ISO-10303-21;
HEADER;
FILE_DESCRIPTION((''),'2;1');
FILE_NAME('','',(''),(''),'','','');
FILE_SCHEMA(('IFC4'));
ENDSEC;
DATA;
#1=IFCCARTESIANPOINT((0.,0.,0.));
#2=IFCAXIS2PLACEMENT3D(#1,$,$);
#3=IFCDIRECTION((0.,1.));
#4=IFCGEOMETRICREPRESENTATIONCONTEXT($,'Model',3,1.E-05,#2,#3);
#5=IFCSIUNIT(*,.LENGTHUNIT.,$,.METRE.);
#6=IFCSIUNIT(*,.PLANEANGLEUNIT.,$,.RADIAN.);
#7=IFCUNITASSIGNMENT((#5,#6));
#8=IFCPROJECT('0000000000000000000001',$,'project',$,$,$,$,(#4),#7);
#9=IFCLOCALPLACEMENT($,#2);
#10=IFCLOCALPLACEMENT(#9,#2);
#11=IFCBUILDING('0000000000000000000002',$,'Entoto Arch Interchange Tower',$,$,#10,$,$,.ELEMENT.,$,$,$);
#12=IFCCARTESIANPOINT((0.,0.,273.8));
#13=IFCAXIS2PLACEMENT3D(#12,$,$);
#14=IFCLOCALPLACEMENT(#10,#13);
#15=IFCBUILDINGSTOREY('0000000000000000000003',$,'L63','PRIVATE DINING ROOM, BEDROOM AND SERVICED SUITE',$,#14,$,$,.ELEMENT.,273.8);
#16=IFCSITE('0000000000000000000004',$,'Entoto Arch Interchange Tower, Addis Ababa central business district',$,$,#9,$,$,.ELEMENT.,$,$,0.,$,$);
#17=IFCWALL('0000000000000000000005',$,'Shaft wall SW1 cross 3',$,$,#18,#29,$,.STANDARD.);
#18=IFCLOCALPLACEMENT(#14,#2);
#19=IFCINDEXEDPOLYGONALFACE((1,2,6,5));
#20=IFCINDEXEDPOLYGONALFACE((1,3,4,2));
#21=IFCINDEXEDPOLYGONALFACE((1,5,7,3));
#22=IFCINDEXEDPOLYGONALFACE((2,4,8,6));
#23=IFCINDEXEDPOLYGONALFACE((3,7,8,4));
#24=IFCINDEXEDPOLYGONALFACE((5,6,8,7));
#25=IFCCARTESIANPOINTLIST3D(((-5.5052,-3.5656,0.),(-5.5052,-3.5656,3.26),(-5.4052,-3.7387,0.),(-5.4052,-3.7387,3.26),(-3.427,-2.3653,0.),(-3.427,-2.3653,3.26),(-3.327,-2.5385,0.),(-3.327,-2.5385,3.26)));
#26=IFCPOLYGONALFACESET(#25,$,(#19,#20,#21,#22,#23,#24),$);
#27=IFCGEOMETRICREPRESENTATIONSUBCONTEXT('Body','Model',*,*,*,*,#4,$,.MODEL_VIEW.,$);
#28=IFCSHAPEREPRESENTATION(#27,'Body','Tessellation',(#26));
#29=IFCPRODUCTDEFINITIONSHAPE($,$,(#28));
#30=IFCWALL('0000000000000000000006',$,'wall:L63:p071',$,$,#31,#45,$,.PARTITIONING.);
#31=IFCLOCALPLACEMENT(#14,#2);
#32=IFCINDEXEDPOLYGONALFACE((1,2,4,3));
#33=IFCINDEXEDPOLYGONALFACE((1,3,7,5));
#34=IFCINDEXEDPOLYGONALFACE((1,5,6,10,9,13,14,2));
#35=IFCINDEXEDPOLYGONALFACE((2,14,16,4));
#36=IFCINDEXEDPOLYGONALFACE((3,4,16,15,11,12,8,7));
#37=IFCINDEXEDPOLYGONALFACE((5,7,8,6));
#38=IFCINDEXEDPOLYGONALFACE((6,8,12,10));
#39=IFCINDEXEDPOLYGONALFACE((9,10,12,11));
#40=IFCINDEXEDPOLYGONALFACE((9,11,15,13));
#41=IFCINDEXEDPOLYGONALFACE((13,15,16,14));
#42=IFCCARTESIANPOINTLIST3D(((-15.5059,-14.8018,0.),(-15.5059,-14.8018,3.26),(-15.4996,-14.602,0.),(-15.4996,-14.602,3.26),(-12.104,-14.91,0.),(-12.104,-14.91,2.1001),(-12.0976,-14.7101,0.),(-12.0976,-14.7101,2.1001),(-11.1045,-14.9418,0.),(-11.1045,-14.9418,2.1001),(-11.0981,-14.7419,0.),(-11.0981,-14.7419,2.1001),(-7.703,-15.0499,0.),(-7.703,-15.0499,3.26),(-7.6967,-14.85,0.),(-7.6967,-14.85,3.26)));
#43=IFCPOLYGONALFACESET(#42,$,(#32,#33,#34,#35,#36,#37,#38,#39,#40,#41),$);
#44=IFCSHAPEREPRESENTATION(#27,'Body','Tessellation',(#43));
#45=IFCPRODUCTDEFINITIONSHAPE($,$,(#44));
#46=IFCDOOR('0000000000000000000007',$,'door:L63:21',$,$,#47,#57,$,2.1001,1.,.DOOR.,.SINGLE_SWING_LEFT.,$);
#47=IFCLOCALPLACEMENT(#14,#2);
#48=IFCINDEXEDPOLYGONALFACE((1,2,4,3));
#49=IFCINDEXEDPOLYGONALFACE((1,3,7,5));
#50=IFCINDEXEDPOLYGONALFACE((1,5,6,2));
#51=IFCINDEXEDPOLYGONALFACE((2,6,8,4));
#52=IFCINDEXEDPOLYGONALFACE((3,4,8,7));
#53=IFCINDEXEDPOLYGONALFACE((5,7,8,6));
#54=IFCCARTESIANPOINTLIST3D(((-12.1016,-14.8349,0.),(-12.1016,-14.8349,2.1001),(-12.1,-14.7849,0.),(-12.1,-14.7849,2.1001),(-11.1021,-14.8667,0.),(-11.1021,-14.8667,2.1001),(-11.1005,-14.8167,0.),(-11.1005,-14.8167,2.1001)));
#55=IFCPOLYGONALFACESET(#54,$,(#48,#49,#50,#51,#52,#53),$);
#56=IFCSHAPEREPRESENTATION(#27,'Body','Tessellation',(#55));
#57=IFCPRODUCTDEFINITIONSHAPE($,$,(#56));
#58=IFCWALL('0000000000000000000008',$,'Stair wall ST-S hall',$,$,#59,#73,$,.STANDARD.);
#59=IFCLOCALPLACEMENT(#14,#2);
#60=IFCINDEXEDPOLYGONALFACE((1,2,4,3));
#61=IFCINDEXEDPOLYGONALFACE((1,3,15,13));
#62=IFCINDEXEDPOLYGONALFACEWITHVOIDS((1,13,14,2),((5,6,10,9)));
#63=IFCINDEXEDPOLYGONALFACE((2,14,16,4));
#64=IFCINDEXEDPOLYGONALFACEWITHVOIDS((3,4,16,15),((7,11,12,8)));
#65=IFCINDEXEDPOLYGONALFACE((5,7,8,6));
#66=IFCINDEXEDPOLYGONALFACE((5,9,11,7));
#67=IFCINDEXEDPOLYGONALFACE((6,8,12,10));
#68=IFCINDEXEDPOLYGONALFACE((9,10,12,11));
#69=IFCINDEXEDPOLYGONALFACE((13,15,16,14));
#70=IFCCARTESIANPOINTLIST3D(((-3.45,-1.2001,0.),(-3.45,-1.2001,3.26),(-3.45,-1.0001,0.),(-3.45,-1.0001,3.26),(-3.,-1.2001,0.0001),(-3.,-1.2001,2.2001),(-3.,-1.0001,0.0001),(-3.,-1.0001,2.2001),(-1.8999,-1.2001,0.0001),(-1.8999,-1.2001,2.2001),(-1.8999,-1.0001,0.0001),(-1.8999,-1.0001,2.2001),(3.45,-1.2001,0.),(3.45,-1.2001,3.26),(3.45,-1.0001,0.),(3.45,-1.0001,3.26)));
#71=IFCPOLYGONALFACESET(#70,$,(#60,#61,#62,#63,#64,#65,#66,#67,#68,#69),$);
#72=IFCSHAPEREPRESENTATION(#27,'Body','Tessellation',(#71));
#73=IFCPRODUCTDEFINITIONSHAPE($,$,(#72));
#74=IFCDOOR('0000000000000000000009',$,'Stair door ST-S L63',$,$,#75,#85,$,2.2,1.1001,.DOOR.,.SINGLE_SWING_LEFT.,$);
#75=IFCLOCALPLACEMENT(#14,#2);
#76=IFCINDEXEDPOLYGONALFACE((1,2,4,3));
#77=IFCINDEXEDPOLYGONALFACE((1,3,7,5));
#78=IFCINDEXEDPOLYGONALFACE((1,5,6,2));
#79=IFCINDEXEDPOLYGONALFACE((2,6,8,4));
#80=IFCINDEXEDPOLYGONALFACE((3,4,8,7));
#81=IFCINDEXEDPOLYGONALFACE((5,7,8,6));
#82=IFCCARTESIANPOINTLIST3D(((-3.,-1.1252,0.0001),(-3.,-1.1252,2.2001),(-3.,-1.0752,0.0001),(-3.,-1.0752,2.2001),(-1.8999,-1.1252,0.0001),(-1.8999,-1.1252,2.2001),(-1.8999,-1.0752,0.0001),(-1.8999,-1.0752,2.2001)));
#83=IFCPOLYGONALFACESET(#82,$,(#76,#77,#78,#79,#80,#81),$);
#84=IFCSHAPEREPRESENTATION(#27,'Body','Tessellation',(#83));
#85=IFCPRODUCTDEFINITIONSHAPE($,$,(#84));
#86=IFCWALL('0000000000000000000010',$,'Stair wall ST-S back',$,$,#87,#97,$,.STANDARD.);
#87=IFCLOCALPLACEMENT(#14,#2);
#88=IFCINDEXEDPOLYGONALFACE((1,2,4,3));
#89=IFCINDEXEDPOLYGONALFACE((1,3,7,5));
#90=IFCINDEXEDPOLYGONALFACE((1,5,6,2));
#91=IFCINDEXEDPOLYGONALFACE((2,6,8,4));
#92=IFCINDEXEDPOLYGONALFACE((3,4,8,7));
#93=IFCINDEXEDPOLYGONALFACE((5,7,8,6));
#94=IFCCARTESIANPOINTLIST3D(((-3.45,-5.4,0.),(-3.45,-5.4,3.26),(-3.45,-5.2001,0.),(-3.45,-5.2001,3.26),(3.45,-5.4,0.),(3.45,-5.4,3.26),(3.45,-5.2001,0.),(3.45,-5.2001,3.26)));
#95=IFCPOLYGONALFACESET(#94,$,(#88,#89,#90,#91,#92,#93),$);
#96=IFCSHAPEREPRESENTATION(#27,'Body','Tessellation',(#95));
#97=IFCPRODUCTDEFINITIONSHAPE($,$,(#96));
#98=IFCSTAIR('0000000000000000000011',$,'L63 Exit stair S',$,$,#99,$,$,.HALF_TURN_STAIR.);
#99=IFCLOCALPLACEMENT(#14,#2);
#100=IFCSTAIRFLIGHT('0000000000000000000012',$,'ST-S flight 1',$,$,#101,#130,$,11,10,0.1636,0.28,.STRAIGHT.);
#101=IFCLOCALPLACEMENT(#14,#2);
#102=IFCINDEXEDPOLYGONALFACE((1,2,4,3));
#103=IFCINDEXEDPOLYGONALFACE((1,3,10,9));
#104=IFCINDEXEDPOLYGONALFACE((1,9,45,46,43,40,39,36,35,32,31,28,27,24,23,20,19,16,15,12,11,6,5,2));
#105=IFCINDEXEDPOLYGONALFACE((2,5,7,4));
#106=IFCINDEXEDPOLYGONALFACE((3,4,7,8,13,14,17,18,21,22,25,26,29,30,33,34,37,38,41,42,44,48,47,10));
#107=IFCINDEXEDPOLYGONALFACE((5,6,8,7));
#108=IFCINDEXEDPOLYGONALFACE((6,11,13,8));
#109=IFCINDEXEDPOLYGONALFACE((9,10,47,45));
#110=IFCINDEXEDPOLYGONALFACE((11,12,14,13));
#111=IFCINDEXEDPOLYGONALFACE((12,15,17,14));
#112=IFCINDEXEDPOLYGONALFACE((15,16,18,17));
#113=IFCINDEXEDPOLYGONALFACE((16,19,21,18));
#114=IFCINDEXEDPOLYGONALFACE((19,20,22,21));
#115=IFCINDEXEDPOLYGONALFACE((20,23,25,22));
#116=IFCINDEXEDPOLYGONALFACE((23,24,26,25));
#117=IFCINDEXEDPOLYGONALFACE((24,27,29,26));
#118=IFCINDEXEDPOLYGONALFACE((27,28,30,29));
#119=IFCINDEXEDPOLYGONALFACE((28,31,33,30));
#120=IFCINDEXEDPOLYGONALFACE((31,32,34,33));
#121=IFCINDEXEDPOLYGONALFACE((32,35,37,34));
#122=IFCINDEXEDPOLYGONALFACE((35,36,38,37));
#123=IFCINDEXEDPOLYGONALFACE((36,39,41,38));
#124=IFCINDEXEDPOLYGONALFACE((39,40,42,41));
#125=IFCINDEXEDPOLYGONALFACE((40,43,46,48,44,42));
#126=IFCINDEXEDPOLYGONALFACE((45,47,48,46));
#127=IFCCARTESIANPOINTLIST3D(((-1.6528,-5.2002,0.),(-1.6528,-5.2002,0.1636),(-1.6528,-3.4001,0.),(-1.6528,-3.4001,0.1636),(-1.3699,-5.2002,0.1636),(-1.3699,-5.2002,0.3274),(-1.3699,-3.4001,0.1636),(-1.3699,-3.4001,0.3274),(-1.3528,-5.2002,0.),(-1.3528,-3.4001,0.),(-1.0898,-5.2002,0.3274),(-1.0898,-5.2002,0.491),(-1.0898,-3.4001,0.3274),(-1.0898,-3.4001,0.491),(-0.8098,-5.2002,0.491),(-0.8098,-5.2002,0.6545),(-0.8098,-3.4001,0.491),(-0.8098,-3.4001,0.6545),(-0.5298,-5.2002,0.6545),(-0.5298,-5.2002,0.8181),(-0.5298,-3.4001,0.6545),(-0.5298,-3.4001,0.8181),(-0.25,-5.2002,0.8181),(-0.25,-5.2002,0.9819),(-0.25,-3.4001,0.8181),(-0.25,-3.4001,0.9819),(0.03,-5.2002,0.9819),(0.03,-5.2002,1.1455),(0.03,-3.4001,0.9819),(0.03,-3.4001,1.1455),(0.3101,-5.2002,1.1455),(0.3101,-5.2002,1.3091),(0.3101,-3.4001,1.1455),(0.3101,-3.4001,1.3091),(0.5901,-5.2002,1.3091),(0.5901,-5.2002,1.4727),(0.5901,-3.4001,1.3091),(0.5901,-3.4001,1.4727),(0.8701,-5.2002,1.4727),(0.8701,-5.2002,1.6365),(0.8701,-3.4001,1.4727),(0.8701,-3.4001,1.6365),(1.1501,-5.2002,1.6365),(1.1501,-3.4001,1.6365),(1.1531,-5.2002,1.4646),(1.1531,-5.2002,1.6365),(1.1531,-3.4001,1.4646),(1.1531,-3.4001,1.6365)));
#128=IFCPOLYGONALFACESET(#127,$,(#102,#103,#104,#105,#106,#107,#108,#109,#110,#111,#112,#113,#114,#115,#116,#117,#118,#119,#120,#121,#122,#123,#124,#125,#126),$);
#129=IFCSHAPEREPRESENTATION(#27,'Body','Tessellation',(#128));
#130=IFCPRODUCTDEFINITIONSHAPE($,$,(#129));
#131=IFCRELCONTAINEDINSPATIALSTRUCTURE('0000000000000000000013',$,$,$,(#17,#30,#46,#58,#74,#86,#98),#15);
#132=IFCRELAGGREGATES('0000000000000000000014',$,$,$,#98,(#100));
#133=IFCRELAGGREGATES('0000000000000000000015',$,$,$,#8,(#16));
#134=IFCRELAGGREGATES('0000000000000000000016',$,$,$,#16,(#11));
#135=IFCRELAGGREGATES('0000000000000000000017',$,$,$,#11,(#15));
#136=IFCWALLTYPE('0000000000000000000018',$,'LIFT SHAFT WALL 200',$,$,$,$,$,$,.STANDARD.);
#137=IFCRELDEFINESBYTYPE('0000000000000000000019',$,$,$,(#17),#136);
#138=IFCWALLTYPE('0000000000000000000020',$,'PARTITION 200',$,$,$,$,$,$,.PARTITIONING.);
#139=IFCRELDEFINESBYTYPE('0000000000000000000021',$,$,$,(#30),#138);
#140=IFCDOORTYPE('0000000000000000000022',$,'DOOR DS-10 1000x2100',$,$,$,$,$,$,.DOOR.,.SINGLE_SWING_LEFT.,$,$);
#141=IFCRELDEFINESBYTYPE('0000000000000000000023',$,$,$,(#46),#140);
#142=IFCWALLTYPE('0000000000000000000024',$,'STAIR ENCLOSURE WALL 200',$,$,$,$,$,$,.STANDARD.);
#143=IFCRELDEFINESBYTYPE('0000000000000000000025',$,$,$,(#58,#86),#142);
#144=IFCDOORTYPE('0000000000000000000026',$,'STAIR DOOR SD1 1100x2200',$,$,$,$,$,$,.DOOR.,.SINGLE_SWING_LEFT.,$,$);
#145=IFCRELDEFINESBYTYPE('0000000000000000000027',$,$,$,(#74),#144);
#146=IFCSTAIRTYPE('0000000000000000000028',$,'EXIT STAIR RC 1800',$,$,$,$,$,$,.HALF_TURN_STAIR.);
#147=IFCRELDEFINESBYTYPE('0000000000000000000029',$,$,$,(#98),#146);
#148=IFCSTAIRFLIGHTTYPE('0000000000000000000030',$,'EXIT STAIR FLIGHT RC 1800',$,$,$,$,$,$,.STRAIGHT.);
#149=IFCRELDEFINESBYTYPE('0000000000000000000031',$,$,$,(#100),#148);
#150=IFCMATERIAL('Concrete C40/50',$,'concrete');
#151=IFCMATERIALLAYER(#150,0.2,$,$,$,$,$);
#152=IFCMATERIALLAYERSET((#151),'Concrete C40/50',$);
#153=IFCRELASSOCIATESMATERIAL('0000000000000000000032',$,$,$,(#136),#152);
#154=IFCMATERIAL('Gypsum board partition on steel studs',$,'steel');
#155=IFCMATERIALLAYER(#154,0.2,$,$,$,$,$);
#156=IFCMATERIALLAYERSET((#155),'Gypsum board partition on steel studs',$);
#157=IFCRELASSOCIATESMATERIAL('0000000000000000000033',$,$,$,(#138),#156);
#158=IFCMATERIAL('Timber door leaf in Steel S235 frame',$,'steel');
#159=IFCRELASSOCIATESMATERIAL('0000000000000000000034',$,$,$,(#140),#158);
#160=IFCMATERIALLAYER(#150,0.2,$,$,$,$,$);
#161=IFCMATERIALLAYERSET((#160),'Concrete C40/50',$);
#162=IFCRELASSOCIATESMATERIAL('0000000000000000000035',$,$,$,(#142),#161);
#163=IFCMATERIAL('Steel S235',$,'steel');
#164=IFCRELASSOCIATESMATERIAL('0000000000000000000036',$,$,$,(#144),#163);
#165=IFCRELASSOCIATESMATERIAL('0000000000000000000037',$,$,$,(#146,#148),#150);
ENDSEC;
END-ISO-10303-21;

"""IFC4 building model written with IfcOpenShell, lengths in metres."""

from ifc_helpers import new_model, si_unit, direction, frame, frame_2d, origin, place, context, subcontext, project, spatial, polyline, rectangle, outline, extrude, material, layer, layer_set, type_object, element, fill, aggregate, save


model = new_model("IFC4")

# Units and contexts
model_context = context("Model", 3, precision=1e-05, world=origin(), true_north=direction((0.0, 1.0)))
body_context = subcontext(model_context, "Body", "Model", "MODEL_VIEW")
ifc_project = project(units=[si_unit("LENGTHUNIT", "METRE"), si_unit("PLANEANGLEUNIT", "RADIAN")], contexts=[model_context])

# Site, building, storey
site_placement = place(None, origin())
site = spatial("IfcSite", under=ifc_project, at=site_placement, Name="Entoto Arch Interchange Tower, Addis Ababa central business district", CompositionType="ELEMENT", RefElevation=0.0)
building_placement = place(site_placement, origin())
building = spatial("IfcBuilding", under=site, at=building_placement, Name="Entoto Arch Interchange Tower", CompositionType="ELEMENT")
storey_placement = place(building_placement, frame((0.0, 0.0, 273.8)))
storey = spatial("IfcBuildingStorey", under=building, at=storey_placement, Name="L63", Description="PRIVATE DINING ROOM, BEDROOM AND SERVICED SUITE", CompositionType="ELEMENT", Elevation=273.8)

# Wall
ifc_material_1 = material(Name="Concrete C40/50", Category="concrete")
ifc_layer_1 = layer(ifc_material_1, 0.2)
ifc_layer_set_1 = layer_set([ifc_layer_1], Name="Concrete C40/50")
wall_type_1 = type_object("IfcWallType", Name="LIFT SHAFT WALL 200", PredefinedType="STANDARD", material=ifc_layer_set_1)
wall_1_placement = place(storey_placement, frame((-3.377, -2.4519, 0.0), z_axis=(0.0, 0.0, 1.0), x_axis=(-0.865955, -0.500122, 0.0)))
element("IfcWall", 1, at=wall_1_placement, inside=storey, type_object=wall_type_1, Name="Shaft wall SW1 cross 3", PredefinedType="STANDARD", context=body_context, shape_type="SweptSolid", body=[
    extrude(rectangle(XDim=2.3999, YDim=0.2, at=frame_2d((1.2, 0.0))), origin(), (0.0, 0.0, 1.0), 3.26),
])

# Walls, openings, doors
ifc_material_2 = material(Name="Gypsum board partition on steel studs", Category="steel")
ifc_layer_2 = layer(ifc_material_2, 0.2)
ifc_layer_set_2 = layer_set([ifc_layer_2], Name="Gypsum board partition on steel studs")
wall_type_2 = type_object("IfcWallType", Name="PARTITION 200", PredefinedType="PARTITIONING", material=ifc_layer_set_2)
wall_2_placement = place(storey_placement, frame((-7.7, -14.95, 0.0), z_axis=(0.0, 0.0, 1.0), x_axis=(-0.999495, 0.031773, 0.0)))
wall_2 = element("IfcWall", 2, at=wall_2_placement, inside=storey, type_object=wall_type_2, Name="wall:L63:p071", PredefinedType="PARTITIONING", context=body_context, shape_type="SweptSolid", body=[
    extrude(rectangle(XDim=7.8069, YDim=0.2, at=frame_2d((3.9033, 0.0))), origin(), (0.0, 0.0, 1.0), 3.26),
])
opening_1_placement = place(wall_2_placement, frame((3.4031, 0.0, 0.0)))
opening_1 = element("IfcOpeningElement", 3, at=opening_1_placement, cuts=wall_2, PredefinedType="OPENING", context=body_context, shape_type="SweptSolid", body=[
    extrude(rectangle(XDim=1.0, YDim=2.1001, at=frame_2d((0.5, 1.05))), frame((0.0, 0.1099, 0.0), z_axis=(0.0, -1.0, 0.0), x_axis=(1.0, 0.0, 0.0)), (0.0, 0.0, 1.0), 0.22),
])
ifc_material_3 = material(Name="Timber door leaf in Steel S235 frame", Category="steel")
door_type_1 = type_object("IfcDoorType", Name="DOOR DS-10 1000x2100", OperationType="SINGLE_SWING_LEFT", PredefinedType="DOOR", material=ifc_material_3)
door_1_placement = place(opening_1_placement, origin())
door_1 = element("IfcDoor", 4, at=door_1_placement, inside=storey, type_object=door_type_1, Name="door:L63:21", OperationType="SINGLE_SWING_LEFT", OverallHeight=2.1001, OverallWidth=1.0, PredefinedType="DOOR", context=body_context, shape_type="SweptSolid", body=[
    extrude(rectangle(XDim=1.0, YDim=2.1001, at=frame_2d((0.5, 1.05))), frame((0.0, 0.0249, 0.0), z_axis=(0.0, -1.0, 0.0), x_axis=(1.0, 0.0, 0.0)), (0.0, 0.0, 1.0), 0.05),
])
fill(opening_1, door_1)
ifc_layer_3 = layer(ifc_material_1, 0.2)
ifc_layer_set_3 = layer_set([ifc_layer_3], Name="Concrete C40/50")
wall_type_3 = type_object("IfcWallType", Name="STAIR ENCLOSURE WALL 200", PredefinedType="STANDARD", material=ifc_layer_set_3)
wall_3_placement = place(storey_placement, frame((-3.45, -1.1001, 0.0), z_axis=(0.0, 0.0, 1.0), x_axis=(1.0, 0.0, 0.0)))
wall_3 = element("IfcWall", 5, at=wall_3_placement, inside=storey, type_object=wall_type_3, Name="Stair wall ST-S hall", PredefinedType="STANDARD", context=body_context, shape_type="SweptSolid", body=[
    extrude(rectangle(XDim=6.8999, YDim=0.2, at=frame_2d((3.45, 0.0))), origin(), (0.0, 0.0, 1.0), 3.26),
])
opening_2_placement = place(wall_3_placement, frame((0.45, 0.0, 0.0)))
opening_2 = element("IfcOpeningElement", 6, at=opening_2_placement, cuts=wall_3, PredefinedType="OPENING", context=body_context, shape_type="SweptSolid", body=[
    extrude(rectangle(XDim=1.1001, YDim=2.2, at=frame_2d((0.55, 1.1001))), frame((0.0, 0.1099, 0.0), z_axis=(0.0, -1.0, 0.0), x_axis=(1.0, 0.0, 0.0)), (0.0, 0.0, 1.0), 0.22),
])
ifc_material_4 = material(Name="Steel S235", Category="steel")
door_type_2 = type_object("IfcDoorType", Name="STAIR DOOR SD1 1100x2200", OperationType="SINGLE_SWING_LEFT", PredefinedType="DOOR", material=ifc_material_4)
door_2_placement = place(opening_2_placement, origin())
door_2 = element("IfcDoor", 7, at=door_2_placement, inside=storey, type_object=door_type_2, Name="Stair door ST-S L63", OperationType="SINGLE_SWING_LEFT", OverallHeight=2.2, OverallWidth=1.1001, PredefinedType="DOOR", context=body_context, shape_type="SweptSolid", body=[
    extrude(rectangle(XDim=1.1001, YDim=2.2, at=frame_2d((0.55, 1.1001))), frame((0.0, 0.0249, 0.0), z_axis=(0.0, -1.0, 0.0), x_axis=(1.0, 0.0, 0.0)), (0.0, 0.0, 1.0), 0.05),
])
fill(opening_2, door_2)

# Wall
wall_4_placement = place(storey_placement, frame((-3.45, -5.3, 0.0), z_axis=(0.0, 0.0, 1.0), x_axis=(1.0, 0.0, 0.0)))
element("IfcWall", 8, at=wall_4_placement, inside=storey, type_object=wall_type_3, Name="Stair wall ST-S back", PredefinedType="STANDARD", context=body_context, shape_type="SweptSolid", body=[
    extrude(rectangle(XDim=6.8999, YDim=0.2, at=frame_2d((3.45, 0.0))), origin(), (0.0, 0.0, 1.0), 3.26),
])

# Stair, stair flight
stair_type = type_object("IfcStairType", Name="EXIT STAIR RC 1800", PredefinedType="HALF_TURN_STAIR", material=ifc_material_1)
stair_placement = place(storey_placement, origin())
stair = element("IfcStair", 9, at=stair_placement, inside=storey, type_object=stair_type, Name="L63 Exit stair S", PredefinedType="HALF_TURN_STAIR")
stair_flight_type = type_object("IfcStairFlightType", Name="EXIT STAIR FLIGHT RC 1800", PredefinedType="STRAIGHT", material=ifc_material_1)
stair_flight_placement = place(storey_placement, frame((-1.6499, -4.3, 0.0), z_axis=(0.0, 0.0, 1.0), x_axis=(1.0, 0.0, 0.0)))
stair_flight = element("IfcStairFlight", 10, at=stair_flight_placement, type_object=stair_flight_type, Name="ST-S flight 1", NumberOfRisers=11, NumberOfTreads=10, PredefinedType="STRAIGHT", RiserHeight=0.1636, TreadLength=0.28, context=body_context, shape_type="SweptSolid", body=[
    extrude(outline(polyline([(-0.0029, 0.0), (-0.0029, 0.1636), (0.28, 0.1636), (0.28, 0.3274), (0.5601, 0.3274), (0.5601, 0.491), (0.8401, 0.491), (0.8401, 0.6545), (1.1201, 0.6545), (1.1201, 0.8181), (1.3999, 0.8181), (1.3999, 0.9819), (1.6799, 0.9819), (1.6799, 1.1455), (1.96, 1.1455), (1.96, 1.3091), (2.24, 1.3091), (2.24, 1.4727), (2.52, 1.4727), (2.52, 1.6365), (2.8, 1.6365), (2.803, 1.6365), (2.803, 1.4646), (0.2971, 0.0), (-0.0029, 0.0)])), frame((0.0, 0.8999, 0.0), z_axis=(0.0, -1.0, 0.0), x_axis=(1.0, 0.0, 0.0)), (0.0, 0.0, 1.0), 1.8),
])
aggregate(stair, [stair_flight])

save(model, "model.ifc")
